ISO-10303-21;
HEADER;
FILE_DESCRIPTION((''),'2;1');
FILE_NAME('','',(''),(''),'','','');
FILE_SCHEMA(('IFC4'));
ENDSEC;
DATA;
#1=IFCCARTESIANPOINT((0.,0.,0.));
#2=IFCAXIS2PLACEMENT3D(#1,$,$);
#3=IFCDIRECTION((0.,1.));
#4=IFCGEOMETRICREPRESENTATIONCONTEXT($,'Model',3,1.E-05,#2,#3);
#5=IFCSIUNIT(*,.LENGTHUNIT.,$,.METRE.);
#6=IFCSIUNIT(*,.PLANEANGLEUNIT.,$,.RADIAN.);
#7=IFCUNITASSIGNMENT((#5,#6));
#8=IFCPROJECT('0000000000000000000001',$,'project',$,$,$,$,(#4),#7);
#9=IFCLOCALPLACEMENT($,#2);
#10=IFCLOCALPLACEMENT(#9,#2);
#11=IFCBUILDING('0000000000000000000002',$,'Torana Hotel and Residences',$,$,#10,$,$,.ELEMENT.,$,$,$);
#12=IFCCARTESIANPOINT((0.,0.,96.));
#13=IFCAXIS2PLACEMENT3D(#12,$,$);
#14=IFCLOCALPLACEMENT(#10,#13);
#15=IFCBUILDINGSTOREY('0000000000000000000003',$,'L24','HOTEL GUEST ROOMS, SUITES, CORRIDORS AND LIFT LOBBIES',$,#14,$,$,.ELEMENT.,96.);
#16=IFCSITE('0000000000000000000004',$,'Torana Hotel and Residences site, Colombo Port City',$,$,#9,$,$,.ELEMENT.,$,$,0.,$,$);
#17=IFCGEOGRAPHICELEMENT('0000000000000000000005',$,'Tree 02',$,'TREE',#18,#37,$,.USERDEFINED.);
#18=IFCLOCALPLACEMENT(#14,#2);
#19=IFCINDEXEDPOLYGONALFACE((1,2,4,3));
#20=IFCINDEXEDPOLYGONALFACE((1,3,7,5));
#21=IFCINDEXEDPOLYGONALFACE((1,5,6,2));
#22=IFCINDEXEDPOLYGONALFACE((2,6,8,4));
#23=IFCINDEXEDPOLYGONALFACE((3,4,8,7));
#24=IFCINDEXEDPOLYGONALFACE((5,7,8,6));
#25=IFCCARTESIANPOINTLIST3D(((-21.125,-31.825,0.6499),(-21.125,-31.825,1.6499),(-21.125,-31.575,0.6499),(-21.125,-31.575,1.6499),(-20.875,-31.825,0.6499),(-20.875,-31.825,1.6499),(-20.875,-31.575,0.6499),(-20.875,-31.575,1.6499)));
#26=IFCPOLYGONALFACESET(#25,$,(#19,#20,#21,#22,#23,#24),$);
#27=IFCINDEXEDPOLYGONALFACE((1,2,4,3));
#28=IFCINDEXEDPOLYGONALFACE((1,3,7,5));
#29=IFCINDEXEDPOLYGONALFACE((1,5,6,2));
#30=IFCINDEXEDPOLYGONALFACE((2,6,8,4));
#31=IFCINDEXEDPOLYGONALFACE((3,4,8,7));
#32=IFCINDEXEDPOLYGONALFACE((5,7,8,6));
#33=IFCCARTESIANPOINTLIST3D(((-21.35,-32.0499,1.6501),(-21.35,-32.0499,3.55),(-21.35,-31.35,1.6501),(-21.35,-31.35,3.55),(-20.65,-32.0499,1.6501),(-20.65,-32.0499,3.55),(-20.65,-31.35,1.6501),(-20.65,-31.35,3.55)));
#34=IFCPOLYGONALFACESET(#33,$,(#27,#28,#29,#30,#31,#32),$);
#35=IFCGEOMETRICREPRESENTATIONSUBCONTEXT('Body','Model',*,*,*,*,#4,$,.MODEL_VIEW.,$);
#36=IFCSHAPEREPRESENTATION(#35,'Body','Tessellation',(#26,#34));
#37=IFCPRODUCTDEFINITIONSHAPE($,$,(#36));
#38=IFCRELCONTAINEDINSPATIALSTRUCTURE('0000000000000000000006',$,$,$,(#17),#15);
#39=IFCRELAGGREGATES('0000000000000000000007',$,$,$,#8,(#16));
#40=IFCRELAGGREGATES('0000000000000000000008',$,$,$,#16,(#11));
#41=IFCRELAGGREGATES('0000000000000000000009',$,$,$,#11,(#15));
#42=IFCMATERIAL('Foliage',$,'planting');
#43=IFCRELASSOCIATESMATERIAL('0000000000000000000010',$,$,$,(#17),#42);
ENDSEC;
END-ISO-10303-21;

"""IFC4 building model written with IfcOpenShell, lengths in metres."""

from ifc_helpers import new_model, si_unit, direction, frame, origin, origin_2d, place, context, subcontext, project, spatial, rectangle, extrude, material, element, save


model = new_model("IFC4")

# Units and contexts
model_context = context("Model", 3, precision=1e-05, world=origin(), true_north=direction((0.0, 1.0)))
body_context = subcontext(model_context, "Body", "Model", "MODEL_VIEW")
ifc_project = project(units=[si_unit("LENGTHUNIT", "METRE"), si_unit("PLANEANGLEUNIT", "RADIAN")], contexts=[model_context])

# Site, building, storey
site_placement = place(None, origin())
site = spatial("IfcSite", under=ifc_project, at=site_placement, Name="Torana Hotel and Residences site, Colombo Port City", CompositionType="ELEMENT", RefElevation=0.0)
building_placement = place(site_placement, origin())
building = spatial("IfcBuilding", under=site, at=building_placement, Name="Torana Hotel and Residences", CompositionType="ELEMENT")
storey_placement = place(building_placement, frame((0.0, 0.0, 96.0)))
storey = spatial("IfcBuildingStorey", under=building, at=storey_placement, Name="L24", Description="HOTEL GUEST ROOMS, SUITES, CORRIDORS AND LIFT LOBBIES", CompositionType="ELEMENT", Elevation=96.0)

# Geographic element
ifc_material_1 = material(Name="Foliage", Category="planting")
geographic_element_placement = place(storey_placement, frame((-21.0, -31.7, 0.6499), z_axis=(0.0, 0.0, 1.0), x_axis=(1.0, 0.0, 0.0)))
element("IfcGeographicElement", 1, at=geographic_element_placement, inside=storey, material=ifc_material_1, Name="Tree 02", ObjectType="TREE", PredefinedType="USERDEFINED", context=body_context, shape_type="SweptSolid", body=[
    extrude(rectangle(XDim=0.25, YDim=0.25, at=origin_2d()), origin(), (0.0, 0.0, 1.0), 1.0),
    extrude(rectangle(XDim=0.7, YDim=0.7, at=origin_2d()), frame((0.0, 0.0, 1.0002)), (0.0, 0.0, 1.0), 1.8999),
])

save(model, "model.ifc")
